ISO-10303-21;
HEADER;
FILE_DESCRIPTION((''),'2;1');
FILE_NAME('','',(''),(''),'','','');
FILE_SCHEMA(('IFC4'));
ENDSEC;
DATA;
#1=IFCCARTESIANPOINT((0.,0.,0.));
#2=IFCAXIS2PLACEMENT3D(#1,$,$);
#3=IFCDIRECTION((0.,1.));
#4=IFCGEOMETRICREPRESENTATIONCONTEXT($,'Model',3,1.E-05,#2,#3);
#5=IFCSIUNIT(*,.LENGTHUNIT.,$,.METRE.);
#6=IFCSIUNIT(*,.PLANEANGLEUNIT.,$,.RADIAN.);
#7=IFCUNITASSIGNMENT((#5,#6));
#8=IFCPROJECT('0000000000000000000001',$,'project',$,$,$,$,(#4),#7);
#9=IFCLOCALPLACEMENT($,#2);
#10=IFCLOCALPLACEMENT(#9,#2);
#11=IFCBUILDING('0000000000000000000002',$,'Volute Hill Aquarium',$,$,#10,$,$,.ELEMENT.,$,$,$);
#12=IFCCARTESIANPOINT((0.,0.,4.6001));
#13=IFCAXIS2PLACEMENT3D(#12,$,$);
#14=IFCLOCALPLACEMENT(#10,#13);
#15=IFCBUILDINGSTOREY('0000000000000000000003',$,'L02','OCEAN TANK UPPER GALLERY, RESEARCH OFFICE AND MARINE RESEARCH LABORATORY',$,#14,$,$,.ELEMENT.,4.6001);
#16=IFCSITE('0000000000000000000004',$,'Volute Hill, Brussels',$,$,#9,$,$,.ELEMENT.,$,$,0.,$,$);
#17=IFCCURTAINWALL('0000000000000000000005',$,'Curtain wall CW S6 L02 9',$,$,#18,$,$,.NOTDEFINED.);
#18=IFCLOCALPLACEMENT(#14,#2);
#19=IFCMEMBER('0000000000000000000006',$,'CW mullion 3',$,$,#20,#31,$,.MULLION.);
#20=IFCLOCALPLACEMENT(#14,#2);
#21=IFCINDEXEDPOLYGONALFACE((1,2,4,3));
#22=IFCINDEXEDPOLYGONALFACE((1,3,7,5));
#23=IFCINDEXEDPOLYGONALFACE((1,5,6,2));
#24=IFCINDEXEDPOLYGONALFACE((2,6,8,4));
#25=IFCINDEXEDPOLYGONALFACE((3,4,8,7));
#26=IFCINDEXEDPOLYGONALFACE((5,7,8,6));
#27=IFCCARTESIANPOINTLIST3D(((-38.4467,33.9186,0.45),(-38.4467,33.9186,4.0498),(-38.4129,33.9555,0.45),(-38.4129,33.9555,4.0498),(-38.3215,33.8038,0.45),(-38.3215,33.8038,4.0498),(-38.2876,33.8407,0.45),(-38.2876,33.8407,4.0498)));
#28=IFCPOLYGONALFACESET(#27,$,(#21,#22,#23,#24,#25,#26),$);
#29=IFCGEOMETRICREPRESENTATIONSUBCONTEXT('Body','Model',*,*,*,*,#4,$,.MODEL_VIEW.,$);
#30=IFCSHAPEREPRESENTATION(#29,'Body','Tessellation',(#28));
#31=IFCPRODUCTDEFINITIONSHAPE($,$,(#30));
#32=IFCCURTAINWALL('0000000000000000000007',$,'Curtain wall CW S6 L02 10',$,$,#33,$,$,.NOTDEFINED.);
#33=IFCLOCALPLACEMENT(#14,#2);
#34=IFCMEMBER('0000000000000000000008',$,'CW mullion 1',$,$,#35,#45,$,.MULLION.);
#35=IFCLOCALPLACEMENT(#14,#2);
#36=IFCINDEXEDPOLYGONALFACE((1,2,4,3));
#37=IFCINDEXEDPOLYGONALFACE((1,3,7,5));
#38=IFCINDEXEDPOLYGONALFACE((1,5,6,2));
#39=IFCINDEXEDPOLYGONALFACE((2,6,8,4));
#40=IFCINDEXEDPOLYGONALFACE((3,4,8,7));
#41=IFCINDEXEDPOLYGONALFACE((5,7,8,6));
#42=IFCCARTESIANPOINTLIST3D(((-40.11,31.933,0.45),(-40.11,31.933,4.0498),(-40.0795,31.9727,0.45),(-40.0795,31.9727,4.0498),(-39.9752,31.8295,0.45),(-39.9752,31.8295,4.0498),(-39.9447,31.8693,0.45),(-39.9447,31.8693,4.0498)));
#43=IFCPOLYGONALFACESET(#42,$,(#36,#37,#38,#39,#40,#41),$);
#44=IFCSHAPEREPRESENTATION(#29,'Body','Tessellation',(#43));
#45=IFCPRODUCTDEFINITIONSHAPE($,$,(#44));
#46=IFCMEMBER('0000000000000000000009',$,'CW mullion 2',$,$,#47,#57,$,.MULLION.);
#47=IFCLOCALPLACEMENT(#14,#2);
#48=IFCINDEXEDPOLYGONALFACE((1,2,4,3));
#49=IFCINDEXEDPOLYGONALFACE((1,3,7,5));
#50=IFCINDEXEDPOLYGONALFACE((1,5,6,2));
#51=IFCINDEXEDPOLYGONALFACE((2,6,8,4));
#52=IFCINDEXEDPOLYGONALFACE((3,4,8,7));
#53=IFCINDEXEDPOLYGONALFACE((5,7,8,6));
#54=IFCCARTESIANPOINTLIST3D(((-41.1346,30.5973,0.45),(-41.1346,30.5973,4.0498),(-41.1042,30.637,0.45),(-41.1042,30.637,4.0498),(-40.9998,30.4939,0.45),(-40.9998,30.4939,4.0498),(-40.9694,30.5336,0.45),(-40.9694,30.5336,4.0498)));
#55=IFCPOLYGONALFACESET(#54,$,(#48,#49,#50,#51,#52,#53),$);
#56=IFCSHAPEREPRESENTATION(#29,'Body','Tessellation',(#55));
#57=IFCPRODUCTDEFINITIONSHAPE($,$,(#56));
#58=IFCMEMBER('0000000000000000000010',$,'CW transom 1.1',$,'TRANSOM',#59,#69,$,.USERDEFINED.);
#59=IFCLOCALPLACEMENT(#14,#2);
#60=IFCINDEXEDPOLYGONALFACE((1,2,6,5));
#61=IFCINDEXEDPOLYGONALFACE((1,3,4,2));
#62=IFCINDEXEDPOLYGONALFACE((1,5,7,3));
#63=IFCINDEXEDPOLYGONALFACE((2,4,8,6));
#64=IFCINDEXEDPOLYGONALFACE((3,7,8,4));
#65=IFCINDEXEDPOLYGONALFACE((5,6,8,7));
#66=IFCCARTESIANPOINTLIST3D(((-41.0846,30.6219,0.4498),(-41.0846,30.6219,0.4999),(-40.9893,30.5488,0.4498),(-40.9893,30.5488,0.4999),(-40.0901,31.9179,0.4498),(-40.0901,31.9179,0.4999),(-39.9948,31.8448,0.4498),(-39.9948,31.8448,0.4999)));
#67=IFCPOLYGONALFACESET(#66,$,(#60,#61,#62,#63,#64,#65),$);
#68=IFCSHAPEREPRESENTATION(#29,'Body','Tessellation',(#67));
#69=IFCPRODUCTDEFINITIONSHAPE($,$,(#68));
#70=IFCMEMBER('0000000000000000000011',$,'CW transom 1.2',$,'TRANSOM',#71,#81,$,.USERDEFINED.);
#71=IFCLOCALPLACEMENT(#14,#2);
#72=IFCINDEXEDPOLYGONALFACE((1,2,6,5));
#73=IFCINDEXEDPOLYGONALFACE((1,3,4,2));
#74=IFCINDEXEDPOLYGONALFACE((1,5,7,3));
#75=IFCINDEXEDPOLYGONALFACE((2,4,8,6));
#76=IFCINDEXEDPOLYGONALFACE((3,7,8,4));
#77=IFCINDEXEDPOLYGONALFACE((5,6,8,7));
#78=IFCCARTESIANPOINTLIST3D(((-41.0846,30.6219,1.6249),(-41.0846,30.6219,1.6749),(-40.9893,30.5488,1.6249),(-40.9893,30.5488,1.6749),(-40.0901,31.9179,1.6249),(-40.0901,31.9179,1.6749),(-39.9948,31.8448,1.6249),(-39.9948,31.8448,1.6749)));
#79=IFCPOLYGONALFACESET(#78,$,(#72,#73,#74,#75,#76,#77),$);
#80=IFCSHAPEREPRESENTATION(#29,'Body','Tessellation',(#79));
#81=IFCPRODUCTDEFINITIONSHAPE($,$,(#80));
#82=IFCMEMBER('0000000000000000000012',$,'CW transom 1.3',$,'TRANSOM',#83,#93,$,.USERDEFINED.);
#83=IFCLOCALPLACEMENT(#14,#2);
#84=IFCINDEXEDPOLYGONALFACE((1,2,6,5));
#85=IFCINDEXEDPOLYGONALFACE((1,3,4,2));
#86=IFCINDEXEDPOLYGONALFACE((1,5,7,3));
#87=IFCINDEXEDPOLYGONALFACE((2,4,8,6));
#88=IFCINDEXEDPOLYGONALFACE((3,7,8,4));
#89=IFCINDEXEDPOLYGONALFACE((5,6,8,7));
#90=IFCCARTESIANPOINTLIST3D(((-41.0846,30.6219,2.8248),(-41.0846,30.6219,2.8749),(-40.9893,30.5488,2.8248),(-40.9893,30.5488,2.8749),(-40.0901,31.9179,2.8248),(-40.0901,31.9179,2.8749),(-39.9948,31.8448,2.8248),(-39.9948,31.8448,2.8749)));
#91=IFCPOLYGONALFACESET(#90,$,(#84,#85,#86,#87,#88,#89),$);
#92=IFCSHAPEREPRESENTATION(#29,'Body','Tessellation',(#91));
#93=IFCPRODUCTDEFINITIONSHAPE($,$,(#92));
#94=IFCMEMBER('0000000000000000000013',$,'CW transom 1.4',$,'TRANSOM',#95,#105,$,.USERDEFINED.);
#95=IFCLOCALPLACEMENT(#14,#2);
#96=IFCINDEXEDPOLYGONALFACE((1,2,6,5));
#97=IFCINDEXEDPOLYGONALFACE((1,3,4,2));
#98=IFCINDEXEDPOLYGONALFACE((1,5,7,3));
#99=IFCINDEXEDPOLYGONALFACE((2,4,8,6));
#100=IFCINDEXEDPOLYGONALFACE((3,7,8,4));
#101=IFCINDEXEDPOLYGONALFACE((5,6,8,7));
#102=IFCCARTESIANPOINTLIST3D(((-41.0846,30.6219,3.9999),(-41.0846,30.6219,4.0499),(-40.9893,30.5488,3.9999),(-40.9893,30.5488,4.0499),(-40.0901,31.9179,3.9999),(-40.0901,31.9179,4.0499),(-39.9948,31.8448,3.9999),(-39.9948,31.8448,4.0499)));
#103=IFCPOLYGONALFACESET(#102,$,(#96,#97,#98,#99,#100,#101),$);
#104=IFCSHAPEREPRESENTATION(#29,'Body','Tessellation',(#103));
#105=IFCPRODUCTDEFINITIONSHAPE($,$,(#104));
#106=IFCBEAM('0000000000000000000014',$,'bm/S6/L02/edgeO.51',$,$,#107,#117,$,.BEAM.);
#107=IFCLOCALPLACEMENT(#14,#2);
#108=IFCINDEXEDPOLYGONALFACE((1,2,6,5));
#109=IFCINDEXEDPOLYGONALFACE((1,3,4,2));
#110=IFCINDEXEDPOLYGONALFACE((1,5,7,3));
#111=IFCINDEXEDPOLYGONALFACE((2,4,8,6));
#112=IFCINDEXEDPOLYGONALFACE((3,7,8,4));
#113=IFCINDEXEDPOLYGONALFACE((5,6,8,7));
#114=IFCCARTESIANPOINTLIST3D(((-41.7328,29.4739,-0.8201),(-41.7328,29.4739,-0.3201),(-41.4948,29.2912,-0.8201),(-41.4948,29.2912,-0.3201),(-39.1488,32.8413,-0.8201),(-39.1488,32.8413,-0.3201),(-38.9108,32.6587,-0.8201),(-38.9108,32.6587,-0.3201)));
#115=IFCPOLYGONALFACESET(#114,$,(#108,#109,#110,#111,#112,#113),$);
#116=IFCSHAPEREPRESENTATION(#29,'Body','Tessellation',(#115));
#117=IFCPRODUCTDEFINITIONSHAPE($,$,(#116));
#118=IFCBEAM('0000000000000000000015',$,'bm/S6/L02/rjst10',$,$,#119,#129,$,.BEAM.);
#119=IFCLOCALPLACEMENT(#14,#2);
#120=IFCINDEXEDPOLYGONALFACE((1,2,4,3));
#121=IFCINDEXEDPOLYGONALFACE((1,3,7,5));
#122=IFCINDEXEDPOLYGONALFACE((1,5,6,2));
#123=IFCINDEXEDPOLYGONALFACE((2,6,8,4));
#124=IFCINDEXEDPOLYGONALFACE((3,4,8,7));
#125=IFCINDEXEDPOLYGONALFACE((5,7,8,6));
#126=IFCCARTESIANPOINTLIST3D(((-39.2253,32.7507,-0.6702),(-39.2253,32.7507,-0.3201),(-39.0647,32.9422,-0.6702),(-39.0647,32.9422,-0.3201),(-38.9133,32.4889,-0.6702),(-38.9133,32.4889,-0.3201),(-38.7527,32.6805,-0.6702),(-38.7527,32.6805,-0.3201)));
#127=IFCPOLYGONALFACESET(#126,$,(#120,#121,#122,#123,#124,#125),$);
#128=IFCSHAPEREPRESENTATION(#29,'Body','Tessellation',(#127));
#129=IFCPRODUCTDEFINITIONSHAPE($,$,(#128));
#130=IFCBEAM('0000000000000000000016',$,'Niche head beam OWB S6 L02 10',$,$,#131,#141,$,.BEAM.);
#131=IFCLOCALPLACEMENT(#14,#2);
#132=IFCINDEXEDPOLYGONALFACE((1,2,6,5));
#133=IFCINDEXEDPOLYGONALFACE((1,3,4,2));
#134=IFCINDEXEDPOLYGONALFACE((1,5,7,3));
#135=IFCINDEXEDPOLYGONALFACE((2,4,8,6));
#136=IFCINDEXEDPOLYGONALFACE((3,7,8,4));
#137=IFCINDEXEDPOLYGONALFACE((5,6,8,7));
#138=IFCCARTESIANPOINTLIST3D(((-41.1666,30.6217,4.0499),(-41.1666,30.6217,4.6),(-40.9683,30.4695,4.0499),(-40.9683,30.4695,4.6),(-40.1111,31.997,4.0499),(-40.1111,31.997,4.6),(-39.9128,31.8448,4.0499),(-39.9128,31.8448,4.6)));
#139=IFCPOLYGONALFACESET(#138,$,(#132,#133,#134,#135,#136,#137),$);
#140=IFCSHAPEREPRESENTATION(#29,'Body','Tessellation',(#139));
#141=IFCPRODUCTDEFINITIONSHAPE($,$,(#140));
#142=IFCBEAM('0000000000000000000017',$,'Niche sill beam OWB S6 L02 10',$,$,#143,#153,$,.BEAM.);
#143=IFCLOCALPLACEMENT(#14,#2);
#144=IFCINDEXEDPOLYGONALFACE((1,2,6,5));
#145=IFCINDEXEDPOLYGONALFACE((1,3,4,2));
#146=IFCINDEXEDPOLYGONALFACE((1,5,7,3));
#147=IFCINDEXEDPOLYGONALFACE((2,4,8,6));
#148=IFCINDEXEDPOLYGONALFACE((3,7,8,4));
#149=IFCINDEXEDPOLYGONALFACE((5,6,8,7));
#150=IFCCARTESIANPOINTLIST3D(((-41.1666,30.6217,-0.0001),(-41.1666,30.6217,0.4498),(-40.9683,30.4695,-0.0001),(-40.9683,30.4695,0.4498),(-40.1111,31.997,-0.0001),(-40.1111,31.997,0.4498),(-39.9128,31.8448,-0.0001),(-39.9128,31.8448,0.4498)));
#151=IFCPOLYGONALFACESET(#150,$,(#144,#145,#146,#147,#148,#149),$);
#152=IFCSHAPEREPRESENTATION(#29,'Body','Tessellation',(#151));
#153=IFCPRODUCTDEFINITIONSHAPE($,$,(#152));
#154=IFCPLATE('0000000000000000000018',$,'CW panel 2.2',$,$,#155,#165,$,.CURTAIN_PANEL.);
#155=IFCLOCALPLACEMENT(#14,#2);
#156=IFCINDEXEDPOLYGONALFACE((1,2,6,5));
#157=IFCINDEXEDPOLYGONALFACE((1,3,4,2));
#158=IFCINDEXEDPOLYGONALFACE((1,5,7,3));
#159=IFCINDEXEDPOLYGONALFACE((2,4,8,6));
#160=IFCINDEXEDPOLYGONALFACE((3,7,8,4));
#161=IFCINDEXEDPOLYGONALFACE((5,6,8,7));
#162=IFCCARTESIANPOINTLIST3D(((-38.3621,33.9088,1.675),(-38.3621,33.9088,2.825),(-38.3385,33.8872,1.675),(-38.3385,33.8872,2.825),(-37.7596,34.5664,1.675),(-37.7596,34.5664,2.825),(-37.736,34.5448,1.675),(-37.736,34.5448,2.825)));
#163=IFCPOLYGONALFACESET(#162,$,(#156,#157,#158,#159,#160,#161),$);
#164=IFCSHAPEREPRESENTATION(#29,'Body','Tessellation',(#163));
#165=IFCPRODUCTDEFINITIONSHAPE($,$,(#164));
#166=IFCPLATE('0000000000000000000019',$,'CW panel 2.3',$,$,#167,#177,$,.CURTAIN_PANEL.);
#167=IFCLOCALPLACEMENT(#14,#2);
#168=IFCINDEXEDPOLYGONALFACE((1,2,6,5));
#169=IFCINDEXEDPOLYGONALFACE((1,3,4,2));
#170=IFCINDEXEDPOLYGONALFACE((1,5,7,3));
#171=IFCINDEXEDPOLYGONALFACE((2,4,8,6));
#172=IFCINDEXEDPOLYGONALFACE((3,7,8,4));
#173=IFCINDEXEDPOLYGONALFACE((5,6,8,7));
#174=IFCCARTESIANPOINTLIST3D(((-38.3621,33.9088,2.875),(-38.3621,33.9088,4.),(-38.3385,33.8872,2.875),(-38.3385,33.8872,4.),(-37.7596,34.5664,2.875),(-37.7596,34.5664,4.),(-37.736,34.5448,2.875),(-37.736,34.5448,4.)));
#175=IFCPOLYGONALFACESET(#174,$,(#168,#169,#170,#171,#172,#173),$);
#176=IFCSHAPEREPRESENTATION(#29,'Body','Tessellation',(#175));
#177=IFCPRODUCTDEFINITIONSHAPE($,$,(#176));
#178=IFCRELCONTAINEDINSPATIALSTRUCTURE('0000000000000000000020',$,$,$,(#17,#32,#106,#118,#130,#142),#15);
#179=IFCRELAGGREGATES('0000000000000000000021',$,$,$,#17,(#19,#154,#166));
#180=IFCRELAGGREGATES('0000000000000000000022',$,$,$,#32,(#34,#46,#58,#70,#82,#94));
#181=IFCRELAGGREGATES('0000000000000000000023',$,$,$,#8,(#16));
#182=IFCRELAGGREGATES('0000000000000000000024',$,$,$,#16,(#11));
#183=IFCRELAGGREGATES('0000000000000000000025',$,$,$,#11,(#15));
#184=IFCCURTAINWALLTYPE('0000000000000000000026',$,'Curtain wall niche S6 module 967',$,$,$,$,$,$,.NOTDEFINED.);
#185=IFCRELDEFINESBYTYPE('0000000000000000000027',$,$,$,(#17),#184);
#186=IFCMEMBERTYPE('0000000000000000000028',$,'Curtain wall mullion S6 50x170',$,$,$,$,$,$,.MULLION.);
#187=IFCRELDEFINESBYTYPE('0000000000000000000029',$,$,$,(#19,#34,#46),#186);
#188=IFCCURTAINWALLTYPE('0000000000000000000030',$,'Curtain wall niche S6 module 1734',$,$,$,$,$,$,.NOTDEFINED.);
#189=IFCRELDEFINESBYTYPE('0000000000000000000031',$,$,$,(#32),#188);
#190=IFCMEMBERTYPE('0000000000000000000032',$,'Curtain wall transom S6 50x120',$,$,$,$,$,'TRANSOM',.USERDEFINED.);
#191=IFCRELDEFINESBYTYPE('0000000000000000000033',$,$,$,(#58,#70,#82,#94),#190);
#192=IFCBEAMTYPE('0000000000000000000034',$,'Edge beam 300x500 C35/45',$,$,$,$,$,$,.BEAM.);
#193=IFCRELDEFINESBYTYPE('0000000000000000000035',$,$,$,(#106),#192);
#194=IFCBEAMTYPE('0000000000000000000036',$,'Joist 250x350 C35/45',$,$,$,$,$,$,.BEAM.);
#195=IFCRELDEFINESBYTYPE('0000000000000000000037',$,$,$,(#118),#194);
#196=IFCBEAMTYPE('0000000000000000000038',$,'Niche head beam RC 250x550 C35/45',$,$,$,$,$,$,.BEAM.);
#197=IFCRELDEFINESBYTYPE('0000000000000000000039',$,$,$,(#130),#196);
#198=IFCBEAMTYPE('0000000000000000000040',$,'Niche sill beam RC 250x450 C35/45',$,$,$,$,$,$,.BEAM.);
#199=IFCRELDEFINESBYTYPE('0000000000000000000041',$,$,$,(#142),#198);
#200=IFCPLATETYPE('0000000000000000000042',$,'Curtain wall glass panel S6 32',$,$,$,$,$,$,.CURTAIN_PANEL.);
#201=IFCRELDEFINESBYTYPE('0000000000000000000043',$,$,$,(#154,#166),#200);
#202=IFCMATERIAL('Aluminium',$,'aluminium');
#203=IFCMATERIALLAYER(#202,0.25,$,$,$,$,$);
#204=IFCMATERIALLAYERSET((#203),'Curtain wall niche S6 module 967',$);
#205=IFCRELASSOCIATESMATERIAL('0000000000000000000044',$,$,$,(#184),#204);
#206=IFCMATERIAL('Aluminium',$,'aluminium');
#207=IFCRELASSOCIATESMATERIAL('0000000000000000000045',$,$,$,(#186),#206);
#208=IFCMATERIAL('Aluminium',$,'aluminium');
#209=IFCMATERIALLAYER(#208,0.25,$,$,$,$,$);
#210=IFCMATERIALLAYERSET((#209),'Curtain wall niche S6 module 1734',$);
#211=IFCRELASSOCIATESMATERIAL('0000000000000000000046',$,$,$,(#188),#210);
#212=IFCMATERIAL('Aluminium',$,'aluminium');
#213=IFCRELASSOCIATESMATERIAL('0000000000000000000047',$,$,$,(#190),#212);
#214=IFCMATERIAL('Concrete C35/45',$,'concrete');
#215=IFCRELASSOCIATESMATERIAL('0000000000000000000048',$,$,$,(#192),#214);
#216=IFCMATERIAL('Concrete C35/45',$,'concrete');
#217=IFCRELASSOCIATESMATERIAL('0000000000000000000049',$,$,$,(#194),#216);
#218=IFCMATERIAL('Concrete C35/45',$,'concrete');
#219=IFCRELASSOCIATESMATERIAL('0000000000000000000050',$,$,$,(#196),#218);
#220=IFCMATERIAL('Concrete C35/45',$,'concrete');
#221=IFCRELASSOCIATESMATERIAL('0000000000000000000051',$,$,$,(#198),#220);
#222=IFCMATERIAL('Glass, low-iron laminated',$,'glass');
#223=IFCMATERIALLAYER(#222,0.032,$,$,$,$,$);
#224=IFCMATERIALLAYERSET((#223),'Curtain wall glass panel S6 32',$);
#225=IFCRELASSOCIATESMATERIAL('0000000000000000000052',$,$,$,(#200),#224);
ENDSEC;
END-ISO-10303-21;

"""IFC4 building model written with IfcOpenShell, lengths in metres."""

from ifc_helpers import new_model, si_unit, direction, frame, origin, origin_2d, place, context, subcontext, project, spatial, rectangle, extrude, material, layer, layer_set, material_profile, profile_set, type_object, element, aggregate, save


model = new_model("IFC4")

# Units and contexts
model_context = context("Model", 3, precision=1e-05, world=origin(), true_north=direction((0.0, 1.0)))
body_context = subcontext(model_context, "Body", "Model", "MODEL_VIEW")
ifc_project = project(units=[si_unit("LENGTHUNIT", "METRE"), si_unit("PLANEANGLEUNIT", "RADIAN")], contexts=[model_context])

# Site, building, storey
site_placement = place(None, origin())
site = spatial("IfcSite", under=ifc_project, at=site_placement, Name="Volute Hill, Brussels", CompositionType="ELEMENT", RefElevation=0.0)
building_placement = place(site_placement, origin())
building = spatial("IfcBuilding", under=site, at=building_placement, Name="Volute Hill Aquarium", CompositionType="ELEMENT")
storey_placement = place(building_placement, frame((0.0, 0.0, 4.6001)))
storey = spatial("IfcBuildingStorey", under=building, at=storey_placement, Name="L02", Description="OCEAN TANK UPPER GALLERY, RESEARCH OFFICE AND MARINE RESEARCH LABORATORY", CompositionType="ELEMENT", Elevation=4.6001)

# Curtain wall, member
ifc_material_1 = material(Name="Aluminium", Category="aluminium")
ifc_layer_1 = layer(ifc_material_1, 0.25)
ifc_layer_set_1 = layer_set([ifc_layer_1], Name="Curtain wall niche S6 module 967")
curtain_wall_type_1 = type_object("IfcCurtainWallType", Name="Curtain wall niche S6 module 967", PredefinedType="NOTDEFINED", material=ifc_layer_set_1)
curtain_wall_1_placement = place(storey_placement, origin())
curtain_wall_1 = element("IfcCurtainWall", 1, at=curtain_wall_1_placement, inside=storey, type_object=curtain_wall_type_1, Name="Curtain wall CW S6 L02 9", PredefinedType="NOTDEFINED")
ifc_material_2 = material(Name="Aluminium", Category="aluminium")
ifc_material_profile_1 = material_profile(ifc_material_2, rectangle(XDim=0.1699, YDim=0.05, at=origin_2d()), Name="Curtain wall mullion S6 50x170")
ifc_profile_set_1 = profile_set([ifc_material_profile_1], Name="Aluminium")
member_type_1 = type_object("IfcMemberType", Name="Curtain wall mullion S6 50x170", PredefinedType="MULLION", material=ifc_profile_set_1)
member_1_placement = place(storey_placement, frame((-38.3672, 33.8796, 0.45), z_axis=(0.0, 0.0, 1.0), x_axis=(0.737285, -0.675582, 0.0)))
member_1 = element("IfcMember", 2, at=member_1_placement, type_object=member_type_1, Name="CW mullion 3", PredefinedType="MULLION", context=body_context, shape_type="SweptSolid", body=[
    extrude(rectangle(XDim=0.1699, YDim=0.05, at=origin_2d()), origin(), (0.0, 0.0, 1.0), 3.5999),
])

# Curtain wall, members
ifc_material_3 = material(Name="Aluminium", Category="aluminium")
ifc_layer_2 = layer(ifc_material_3, 0.25)
ifc_layer_set_2 = layer_set([ifc_layer_2], Name="Curtain wall niche S6 module 1734")
curtain_wall_type_2 = type_object("IfcCurtainWallType", Name="Curtain wall niche S6 module 1734", PredefinedType="NOTDEFINED", material=ifc_layer_set_2)
curtain_wall_2_placement = place(storey_placement, origin())
curtain_wall_2 = element("IfcCurtainWall", 3, at=curtain_wall_2_placement, inside=storey, type_object=curtain_wall_type_2, Name="Curtain wall CW S6 L02 10", PredefinedType="NOTDEFINED")
member_2_placement = place(storey_placement, frame((-40.0273, 31.9011, 0.45), z_axis=(0.0, 0.0, 1.0), x_axis=(0.793349, -0.608767, 0.0)))
member_2 = element("IfcMember", 4, at=member_2_placement, type_object=member_type_1, Name="CW mullion 1", PredefinedType="MULLION", context=body_context, shape_type="SweptSolid", body=[
    extrude(rectangle(XDim=0.1699, YDim=0.05, at=origin_2d()), origin(), (0.0, 0.0, 1.0), 3.5999),
])
member_3_placement = place(storey_placement, frame((-41.052, 30.5654, 0.45), z_axis=(0.0, 0.0, 1.0), x_axis=(0.793349, -0.608767, 0.0)))
member_3 = element("IfcMember", 5, at=member_3_placement, type_object=member_type_1, Name="CW mullion 2", PredefinedType="MULLION", context=body_context, shape_type="SweptSolid", body=[
    extrude(rectangle(XDim=0.1699, YDim=0.05, at=origin_2d()), origin(), (0.0, 0.0, 1.0), 3.5999),
])
ifc_material_4 = material(Name="Aluminium", Category="aluminium")
ifc_material_profile_2 = material_profile(ifc_material_4, rectangle(XDim=0.1201, YDim=0.05, at=origin_2d()), Name="Curtain wall transom S6 50x120")
ifc_profile_set_2 = profile_set([ifc_material_profile_2], Name="Aluminium")
member_type_2 = type_object("IfcMemberType", Name="Curtain wall transom S6 50x120", ElementType="TRANSOM", PredefinedType="USERDEFINED", material=ifc_profile_set_2)
member_4_placement = place(storey_placement, frame((-40.0425, 31.8813, 0.4749), z_axis=(-0.608764, -0.793351, 0.0), x_axis=(0.793351, -0.608764, 0.0)))
member_4 = element("IfcMember", 6, at=member_4_placement, type_object=member_type_2, Name="CW transom 1.1", ObjectType="TRANSOM", PredefinedType="USERDEFINED", context=body_context, shape_type="SweptSolid", body=[
    extrude(rectangle(XDim=0.1201, YDim=0.05, at=origin_2d()), origin(), (0.0, 0.0, 1.0), 1.6335),
])
member_5_placement = place(storey_placement, frame((-40.0425, 31.8813, 1.6499), z_axis=(-0.608764, -0.793351, 0.0), x_axis=(0.793351, -0.608764, 0.0)))
member_5 = element("IfcMember", 7, at=member_5_placement, type_object=member_type_2, Name="CW transom 1.2", ObjectType="TRANSOM", PredefinedType="USERDEFINED", context=body_context, shape_type="SweptSolid", body=[
    extrude(rectangle(XDim=0.1201, YDim=0.05, at=origin_2d()), origin(), (0.0, 0.0, 1.0), 1.6335),
])
member_6_placement = place(storey_placement, frame((-40.0425, 31.8813, 2.8499), z_axis=(-0.608764, -0.793351, 0.0), x_axis=(0.793351, -0.608764, 0.0)))
member_6 = element("IfcMember", 8, at=member_6_placement, type_object=member_type_2, Name="CW transom 1.3", ObjectType="TRANSOM", PredefinedType="USERDEFINED", context=body_context, shape_type="SweptSolid", body=[
    extrude(rectangle(XDim=0.1201, YDim=0.05, at=origin_2d()), origin(), (0.0, 0.0, 1.0), 1.6335),
])
member_7_placement = place(storey_placement, frame((-40.0425, 31.8813, 4.0249), z_axis=(-0.608764, -0.793351, 0.0), x_axis=(0.793351, -0.608764, 0.0)))
member_7 = element("IfcMember", 9, at=member_7_placement, type_object=member_type_2, Name="CW transom 1.4", ObjectType="TRANSOM", PredefinedType="USERDEFINED", context=body_context, shape_type="SweptSolid", body=[
    extrude(rectangle(XDim=0.1201, YDim=0.05, at=origin_2d()), origin(), (0.0, 0.0, 1.0), 1.6335),
])

# Beams
ifc_material_5 = material(Name="Concrete C35/45", Category="concrete")
ifc_material_profile_3 = material_profile(ifc_material_5, rectangle(XDim=0.3, YDim=0.5, at=origin_2d()), Name="RC edge beam 300x500")
ifc_profile_set_3 = profile_set([ifc_material_profile_3], Name="Concrete C35/45")
beam_type_1 = type_object("IfcBeamType", Name="Edge beam 300x500 C35/45", PredefinedType="BEAM", material=ifc_profile_set_3)
beam_1_placement = place(storey_placement, frame((-39.0298, 32.75, -0.5701), z_axis=(-0.608771, -0.793346, 0.0), x_axis=(0.793346, -0.608771, 0.0)))
element("IfcBeam", 10, at=beam_1_placement, inside=storey, type_object=beam_type_1, Name="bm/S6/L02/edgeO.51", PredefinedType="BEAM", context=body_context, shape_type="SweptSolid", body=[
    extrude(rectangle(XDim=0.3, YDim=0.5, at=origin_2d()), origin(), (0.0, 0.0, 1.0), 4.2446),
])
ifc_material_6 = material(Name="Concrete C35/45", Category="concrete")
ifc_material_profile_4 = material_profile(ifc_material_6, rectangle(XDim=0.25, YDim=0.3501, at=origin_2d()), Name="RC joist 250x350")
ifc_profile_set_4 = profile_set([ifc_material_profile_4], Name="Concrete C35/45")
beam_type_2 = type_object("IfcBeamType", Name="Joist 250x350 C35/45", PredefinedType="BEAM", material=ifc_profile_set_4)
beam_2_placement = place(storey_placement, frame((-38.833, 32.5847, -0.4951), z_axis=(-0.766153, 0.642658, 0.0), x_axis=(-0.642658, -0.766153, 0.0)))
element("IfcBeam", 11, at=beam_2_placement, inside=storey, type_object=beam_type_2, Name="bm/S6/L02/rjst10", PredefinedType="BEAM", context=body_context, shape_type="SweptSolid", body=[
    extrude(rectangle(XDim=0.25, YDim=0.3501, at=origin_2d()), origin(), (0.0, 0.0, 1.0), 0.4072),
])
ifc_material_7 = material(Name="Concrete C35/45", Category="concrete")
ifc_material_profile_5 = material_profile(ifc_material_7, rectangle(XDim=0.25, YDim=0.55, at=origin_2d()), Name="RC beam 250x550")
ifc_profile_set_5 = profile_set([ifc_material_profile_5], Name="Concrete C35/45")
beam_type_3 = type_object("IfcBeamType", Name="Niche head beam RC 250x550 C35/45", PredefinedType="BEAM", material=ifc_profile_set_5)
beam_3_placement = place(storey_placement, frame((-40.012, 31.9209, 4.325), z_axis=(-0.608819, -0.793309, 0.0), x_axis=(0.793309, -0.608819, 0.0)))
element("IfcBeam", 12, at=beam_3_placement, inside=storey, type_object=beam_type_3, Name="Niche head beam OWB S6 L02 10", PredefinedType="BEAM", context=body_context, shape_type="SweptSolid", body=[
    extrude(rectangle(XDim=0.25, YDim=0.55, at=origin_2d()), origin(), (0.0, 0.0, 1.0), 1.7336),
])
ifc_material_8 = material(Name="Concrete C35/45", Category="concrete")
ifc_material_profile_6 = material_profile(ifc_material_8, rectangle(XDim=0.25, YDim=0.45, at=origin_2d()), Name="RC beam 250x450")
ifc_profile_set_6 = profile_set([ifc_material_profile_6], Name="Concrete C35/45")
beam_type_4 = type_object("IfcBeamType", Name="Niche sill beam RC 250x450 C35/45", PredefinedType="BEAM", material=ifc_profile_set_6)
beam_4_placement = place(storey_placement, frame((-40.012, 31.9209, 0.2249), z_axis=(-0.608819, -0.793309, 0.0), x_axis=(0.793309, -0.608819, 0.0)))
element("IfcBeam", 13, at=beam_4_placement, inside=storey, type_object=beam_type_4, Name="Niche sill beam OWB S6 L02 10", PredefinedType="BEAM", context=body_context, shape_type="SweptSolid", body=[
    extrude(rectangle(XDim=0.25, YDim=0.45, at=origin_2d()), origin(), (0.0, 0.0, 1.0), 1.7336),
])

# Plates
ifc_material_9 = material(Name="Glass, low-iron laminated", Category="glass")
ifc_layer_3 = layer(ifc_material_9, 0.032)
ifc_layer_set_3 = layer_set([ifc_layer_3], Name="Curtain wall glass panel S6 32")
plate_type_1 = type_object("IfcPlateType", Name="Curtain wall glass panel S6 32", PredefinedType="CURTAIN_PANEL", material=ifc_layer_set_3)
plate_1_placement = place(storey_placement, frame((-38.0491, 34.2268, 1.675), z_axis=(0.0, 0.0, 1.0), x_axis=(-0.675582, -0.737285, 0.0)))
plate_1 = element("IfcPlate", 14, at=plate_1_placement, type_object=plate_type_1, Name="CW panel 2.2", PredefinedType="CURTAIN_PANEL", context=body_context, shape_type="SweptSolid", body=[
    extrude(rectangle(XDim=0.8918, YDim=0.032, at=origin_2d()), origin(), (0.0, 0.0, 1.0), 1.1499),
])
plate_2_placement = place(storey_placement, frame((-38.0491, 34.2268, 2.875), z_axis=(0.0, 0.0, 1.0), x_axis=(-0.675582, -0.737285, 0.0)))
plate_2 = element("IfcPlate", 15, at=plate_2_placement, type_object=plate_type_1, Name="CW panel 2.3", PredefinedType="CURTAIN_PANEL", context=body_context, shape_type="SweptSolid", body=[
    extrude(rectangle(XDim=0.8918, YDim=0.032, at=origin_2d()), origin(), (0.0, 0.0, 1.0), 1.125),
])
aggregate(curtain_wall_1, [member_1, plate_1, plate_2])
aggregate(curtain_wall_2, [member_2, member_3, member_4, member_5, member_6, member_7])

save(model, "model.ifc")
